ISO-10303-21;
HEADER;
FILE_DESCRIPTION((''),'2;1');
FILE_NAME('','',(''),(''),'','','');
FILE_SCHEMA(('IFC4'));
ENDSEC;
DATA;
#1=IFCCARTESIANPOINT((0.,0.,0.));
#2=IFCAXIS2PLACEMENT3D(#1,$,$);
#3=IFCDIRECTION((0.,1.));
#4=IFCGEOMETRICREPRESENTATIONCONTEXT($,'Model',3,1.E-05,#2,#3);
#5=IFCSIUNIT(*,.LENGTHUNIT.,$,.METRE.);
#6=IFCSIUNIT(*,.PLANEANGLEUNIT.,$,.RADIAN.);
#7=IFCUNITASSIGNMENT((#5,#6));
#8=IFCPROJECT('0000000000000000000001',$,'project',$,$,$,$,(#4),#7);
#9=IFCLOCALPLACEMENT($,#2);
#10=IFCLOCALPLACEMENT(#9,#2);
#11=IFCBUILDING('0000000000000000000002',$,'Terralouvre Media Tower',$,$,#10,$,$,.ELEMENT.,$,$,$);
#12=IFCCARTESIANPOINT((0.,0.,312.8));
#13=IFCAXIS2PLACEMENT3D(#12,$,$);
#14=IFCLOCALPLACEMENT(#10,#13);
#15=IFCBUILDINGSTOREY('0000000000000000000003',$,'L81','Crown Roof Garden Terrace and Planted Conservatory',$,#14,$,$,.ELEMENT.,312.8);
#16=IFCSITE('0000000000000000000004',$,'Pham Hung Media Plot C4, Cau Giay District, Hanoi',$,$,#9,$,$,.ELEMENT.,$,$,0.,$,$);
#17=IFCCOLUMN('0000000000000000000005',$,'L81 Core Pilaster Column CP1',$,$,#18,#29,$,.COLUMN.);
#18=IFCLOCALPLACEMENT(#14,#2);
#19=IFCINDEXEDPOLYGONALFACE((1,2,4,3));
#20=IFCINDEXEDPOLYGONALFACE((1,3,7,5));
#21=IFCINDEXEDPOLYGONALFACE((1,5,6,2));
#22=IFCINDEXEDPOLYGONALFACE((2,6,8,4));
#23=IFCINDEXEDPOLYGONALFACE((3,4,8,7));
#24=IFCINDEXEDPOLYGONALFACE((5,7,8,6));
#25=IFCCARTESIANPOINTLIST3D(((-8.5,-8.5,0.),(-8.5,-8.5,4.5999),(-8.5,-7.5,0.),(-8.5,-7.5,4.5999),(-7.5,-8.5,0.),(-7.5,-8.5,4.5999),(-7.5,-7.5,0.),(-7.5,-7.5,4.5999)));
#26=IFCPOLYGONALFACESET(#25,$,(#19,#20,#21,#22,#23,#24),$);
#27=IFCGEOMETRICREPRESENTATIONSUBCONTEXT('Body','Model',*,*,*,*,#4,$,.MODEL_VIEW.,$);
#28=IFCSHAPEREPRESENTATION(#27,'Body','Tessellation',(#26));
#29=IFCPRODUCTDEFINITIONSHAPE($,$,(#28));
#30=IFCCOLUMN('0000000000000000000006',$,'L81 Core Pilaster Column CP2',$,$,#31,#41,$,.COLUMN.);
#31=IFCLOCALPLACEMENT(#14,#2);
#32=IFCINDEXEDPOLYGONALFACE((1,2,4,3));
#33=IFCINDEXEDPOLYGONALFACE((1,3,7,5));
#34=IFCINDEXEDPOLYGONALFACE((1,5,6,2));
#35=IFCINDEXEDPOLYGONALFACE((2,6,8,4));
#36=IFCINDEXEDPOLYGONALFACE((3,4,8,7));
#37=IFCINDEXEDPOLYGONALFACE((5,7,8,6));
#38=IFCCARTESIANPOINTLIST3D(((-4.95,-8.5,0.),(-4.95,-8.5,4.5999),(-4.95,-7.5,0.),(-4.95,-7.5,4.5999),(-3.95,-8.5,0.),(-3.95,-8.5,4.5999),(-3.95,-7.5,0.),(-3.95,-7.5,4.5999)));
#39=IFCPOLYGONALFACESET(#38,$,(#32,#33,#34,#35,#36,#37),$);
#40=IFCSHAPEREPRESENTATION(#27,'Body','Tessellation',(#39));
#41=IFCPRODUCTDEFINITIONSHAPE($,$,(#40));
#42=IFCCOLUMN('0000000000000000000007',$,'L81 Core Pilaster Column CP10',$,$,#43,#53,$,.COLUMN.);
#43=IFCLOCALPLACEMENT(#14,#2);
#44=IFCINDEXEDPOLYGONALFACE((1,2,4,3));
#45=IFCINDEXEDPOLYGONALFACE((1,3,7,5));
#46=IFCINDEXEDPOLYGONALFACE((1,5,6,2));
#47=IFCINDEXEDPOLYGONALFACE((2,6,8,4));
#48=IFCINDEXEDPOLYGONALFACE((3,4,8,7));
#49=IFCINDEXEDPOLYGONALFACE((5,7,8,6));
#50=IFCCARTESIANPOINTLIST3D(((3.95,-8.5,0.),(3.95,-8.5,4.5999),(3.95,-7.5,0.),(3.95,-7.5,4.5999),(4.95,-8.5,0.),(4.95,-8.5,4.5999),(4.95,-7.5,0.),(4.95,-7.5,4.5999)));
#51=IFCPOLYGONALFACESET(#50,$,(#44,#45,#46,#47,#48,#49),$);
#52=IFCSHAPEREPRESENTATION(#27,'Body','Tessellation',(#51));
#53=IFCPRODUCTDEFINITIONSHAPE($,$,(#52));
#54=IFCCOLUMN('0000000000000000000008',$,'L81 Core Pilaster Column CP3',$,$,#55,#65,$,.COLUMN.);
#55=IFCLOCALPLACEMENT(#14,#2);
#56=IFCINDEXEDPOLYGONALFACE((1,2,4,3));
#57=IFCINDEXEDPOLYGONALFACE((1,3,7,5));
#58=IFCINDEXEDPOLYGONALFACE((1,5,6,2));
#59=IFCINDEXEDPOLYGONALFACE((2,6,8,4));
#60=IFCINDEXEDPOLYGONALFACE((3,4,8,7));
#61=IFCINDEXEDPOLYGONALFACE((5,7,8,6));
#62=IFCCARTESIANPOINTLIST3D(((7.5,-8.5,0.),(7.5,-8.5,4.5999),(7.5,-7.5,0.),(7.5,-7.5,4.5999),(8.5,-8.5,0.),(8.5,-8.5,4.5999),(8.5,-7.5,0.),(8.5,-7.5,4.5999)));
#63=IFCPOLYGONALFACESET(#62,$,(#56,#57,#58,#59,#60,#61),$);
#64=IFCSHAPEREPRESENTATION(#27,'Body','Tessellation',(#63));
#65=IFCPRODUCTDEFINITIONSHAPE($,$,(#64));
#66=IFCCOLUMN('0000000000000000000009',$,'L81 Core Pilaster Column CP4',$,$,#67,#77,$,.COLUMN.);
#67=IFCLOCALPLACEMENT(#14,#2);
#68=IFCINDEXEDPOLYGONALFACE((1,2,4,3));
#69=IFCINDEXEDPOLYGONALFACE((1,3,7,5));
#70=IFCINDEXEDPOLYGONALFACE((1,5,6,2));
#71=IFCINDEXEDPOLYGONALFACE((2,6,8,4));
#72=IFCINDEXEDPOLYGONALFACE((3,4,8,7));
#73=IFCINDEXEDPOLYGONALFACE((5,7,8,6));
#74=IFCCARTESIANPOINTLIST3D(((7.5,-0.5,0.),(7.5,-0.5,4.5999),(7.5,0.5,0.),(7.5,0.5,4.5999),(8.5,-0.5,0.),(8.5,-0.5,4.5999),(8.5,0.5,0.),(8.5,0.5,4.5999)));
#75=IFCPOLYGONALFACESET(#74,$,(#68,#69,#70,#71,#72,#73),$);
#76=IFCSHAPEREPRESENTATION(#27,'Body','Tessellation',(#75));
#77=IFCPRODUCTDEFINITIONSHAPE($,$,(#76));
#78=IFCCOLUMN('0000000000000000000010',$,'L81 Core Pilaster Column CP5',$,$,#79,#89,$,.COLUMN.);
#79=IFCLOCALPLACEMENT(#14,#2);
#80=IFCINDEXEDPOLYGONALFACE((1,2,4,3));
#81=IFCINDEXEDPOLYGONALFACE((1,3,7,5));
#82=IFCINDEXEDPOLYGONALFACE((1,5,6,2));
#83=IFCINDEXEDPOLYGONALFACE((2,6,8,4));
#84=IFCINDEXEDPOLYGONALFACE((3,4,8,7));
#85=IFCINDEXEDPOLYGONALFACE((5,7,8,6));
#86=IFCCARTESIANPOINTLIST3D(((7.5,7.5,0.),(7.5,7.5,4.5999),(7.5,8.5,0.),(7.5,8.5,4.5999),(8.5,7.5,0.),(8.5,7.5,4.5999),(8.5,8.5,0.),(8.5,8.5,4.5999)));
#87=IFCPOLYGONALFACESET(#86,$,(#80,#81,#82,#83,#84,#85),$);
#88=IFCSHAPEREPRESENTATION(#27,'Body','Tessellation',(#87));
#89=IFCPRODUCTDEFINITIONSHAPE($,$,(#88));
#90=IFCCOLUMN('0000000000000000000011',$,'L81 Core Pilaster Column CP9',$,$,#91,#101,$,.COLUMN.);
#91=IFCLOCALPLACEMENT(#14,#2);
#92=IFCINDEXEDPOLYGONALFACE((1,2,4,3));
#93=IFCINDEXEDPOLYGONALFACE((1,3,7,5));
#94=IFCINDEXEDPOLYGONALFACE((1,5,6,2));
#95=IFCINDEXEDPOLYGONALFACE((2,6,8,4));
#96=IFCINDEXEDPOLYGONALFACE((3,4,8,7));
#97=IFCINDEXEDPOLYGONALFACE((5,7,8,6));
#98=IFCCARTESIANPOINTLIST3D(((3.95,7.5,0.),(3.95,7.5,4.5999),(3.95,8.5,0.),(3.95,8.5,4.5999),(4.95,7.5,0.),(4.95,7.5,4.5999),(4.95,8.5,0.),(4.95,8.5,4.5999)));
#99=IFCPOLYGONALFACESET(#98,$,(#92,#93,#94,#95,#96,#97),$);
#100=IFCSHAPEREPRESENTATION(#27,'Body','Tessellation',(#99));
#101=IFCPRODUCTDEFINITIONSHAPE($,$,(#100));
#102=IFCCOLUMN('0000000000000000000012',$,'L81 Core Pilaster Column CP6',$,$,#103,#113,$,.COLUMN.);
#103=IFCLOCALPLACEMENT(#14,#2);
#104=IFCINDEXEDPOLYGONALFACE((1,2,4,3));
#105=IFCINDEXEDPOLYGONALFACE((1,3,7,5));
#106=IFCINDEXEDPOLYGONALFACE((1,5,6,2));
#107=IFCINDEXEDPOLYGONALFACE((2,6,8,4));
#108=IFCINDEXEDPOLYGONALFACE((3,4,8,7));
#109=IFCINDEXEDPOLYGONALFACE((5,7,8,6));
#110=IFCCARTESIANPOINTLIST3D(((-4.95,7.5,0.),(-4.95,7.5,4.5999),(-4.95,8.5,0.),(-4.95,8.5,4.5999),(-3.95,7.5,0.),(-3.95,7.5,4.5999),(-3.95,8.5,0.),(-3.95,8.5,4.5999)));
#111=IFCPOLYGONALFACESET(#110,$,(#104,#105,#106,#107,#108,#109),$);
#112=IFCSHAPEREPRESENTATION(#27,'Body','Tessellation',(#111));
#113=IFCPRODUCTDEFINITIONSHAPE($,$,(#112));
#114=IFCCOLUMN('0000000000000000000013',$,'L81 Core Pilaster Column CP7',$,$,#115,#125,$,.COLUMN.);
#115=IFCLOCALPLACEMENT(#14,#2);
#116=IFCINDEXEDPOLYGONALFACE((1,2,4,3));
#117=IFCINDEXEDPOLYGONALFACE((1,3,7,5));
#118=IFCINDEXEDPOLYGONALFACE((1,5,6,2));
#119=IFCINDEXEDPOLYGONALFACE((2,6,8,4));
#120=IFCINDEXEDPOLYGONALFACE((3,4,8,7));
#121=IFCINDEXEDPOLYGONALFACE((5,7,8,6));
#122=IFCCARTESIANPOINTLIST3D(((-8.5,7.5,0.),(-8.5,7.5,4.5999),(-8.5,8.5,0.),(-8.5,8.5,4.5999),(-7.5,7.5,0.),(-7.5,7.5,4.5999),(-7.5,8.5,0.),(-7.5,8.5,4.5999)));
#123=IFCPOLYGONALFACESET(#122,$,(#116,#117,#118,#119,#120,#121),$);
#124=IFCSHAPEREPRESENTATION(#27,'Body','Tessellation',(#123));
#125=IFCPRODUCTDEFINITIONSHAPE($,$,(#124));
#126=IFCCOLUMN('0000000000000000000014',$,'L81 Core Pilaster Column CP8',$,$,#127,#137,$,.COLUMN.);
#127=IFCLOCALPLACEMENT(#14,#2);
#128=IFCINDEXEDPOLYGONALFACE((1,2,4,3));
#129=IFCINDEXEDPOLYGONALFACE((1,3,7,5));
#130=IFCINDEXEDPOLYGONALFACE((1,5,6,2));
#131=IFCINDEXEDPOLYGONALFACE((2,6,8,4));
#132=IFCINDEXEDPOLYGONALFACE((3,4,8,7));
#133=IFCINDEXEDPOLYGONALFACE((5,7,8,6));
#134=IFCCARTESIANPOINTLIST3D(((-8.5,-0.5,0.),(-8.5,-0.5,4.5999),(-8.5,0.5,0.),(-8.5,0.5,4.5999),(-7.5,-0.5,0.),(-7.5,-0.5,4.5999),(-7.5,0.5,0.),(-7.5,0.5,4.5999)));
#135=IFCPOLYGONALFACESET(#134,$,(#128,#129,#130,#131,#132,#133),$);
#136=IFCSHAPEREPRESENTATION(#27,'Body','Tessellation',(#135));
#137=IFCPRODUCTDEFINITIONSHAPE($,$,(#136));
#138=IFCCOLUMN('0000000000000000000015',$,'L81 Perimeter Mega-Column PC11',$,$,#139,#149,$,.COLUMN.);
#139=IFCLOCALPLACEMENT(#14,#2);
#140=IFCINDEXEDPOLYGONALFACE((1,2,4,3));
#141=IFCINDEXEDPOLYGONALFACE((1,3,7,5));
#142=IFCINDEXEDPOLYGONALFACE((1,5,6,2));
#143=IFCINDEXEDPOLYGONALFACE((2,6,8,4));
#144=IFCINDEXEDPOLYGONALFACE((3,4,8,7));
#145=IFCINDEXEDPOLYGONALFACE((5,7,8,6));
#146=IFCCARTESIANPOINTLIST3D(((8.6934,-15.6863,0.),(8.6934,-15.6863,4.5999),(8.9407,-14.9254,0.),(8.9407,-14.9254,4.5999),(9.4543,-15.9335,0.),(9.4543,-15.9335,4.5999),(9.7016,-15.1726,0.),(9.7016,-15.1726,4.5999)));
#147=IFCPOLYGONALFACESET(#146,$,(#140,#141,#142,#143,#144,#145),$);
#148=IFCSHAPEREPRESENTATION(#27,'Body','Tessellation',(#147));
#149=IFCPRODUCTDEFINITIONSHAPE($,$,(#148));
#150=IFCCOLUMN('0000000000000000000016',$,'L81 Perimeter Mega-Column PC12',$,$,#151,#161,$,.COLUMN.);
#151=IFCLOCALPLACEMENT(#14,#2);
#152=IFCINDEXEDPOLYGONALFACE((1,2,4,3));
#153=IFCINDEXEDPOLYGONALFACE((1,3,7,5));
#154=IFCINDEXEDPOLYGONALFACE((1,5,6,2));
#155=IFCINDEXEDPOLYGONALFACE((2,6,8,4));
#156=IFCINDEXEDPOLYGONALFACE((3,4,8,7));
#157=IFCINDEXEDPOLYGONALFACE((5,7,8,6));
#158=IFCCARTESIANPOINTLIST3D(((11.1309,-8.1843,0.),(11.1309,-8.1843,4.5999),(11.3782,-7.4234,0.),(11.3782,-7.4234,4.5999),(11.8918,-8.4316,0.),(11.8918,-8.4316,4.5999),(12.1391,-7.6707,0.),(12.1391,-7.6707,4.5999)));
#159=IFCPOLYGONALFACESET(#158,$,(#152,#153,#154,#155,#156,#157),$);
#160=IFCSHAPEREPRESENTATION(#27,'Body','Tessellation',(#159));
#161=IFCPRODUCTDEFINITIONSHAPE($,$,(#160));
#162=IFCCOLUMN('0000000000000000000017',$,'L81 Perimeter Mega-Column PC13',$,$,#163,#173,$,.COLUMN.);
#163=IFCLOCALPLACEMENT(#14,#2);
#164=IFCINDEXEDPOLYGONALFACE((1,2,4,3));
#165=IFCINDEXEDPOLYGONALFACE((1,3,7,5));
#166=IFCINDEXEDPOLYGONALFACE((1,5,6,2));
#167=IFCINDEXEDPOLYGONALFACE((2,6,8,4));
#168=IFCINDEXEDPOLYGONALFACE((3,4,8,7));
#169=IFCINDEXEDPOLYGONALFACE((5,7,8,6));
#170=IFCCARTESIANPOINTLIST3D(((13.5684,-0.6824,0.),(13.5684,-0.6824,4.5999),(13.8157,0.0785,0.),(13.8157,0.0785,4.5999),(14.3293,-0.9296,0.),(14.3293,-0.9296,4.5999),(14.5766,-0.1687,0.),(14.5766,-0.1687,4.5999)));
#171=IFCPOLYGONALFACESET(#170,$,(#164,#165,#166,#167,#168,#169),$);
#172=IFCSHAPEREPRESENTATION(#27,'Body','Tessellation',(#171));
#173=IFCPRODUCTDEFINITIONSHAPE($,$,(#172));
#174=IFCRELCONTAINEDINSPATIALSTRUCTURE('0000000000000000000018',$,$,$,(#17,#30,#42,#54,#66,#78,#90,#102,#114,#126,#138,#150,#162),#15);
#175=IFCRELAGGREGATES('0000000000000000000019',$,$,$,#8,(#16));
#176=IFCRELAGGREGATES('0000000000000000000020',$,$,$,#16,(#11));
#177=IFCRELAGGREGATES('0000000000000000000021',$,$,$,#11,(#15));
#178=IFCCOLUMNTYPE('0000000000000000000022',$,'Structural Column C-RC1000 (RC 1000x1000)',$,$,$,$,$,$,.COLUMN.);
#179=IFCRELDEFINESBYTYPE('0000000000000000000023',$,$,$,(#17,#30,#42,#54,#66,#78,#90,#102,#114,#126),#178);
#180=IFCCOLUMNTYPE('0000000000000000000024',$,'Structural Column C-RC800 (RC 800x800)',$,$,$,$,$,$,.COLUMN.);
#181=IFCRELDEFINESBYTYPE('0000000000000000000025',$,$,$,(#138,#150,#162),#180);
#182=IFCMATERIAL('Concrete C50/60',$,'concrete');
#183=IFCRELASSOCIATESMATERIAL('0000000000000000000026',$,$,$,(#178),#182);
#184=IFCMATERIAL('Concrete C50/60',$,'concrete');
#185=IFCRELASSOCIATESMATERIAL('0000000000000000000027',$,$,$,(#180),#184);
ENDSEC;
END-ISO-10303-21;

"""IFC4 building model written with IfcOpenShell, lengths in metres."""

from ifc_helpers import new_model, si_unit, direction, frame, origin, origin_2d, place, context, subcontext, project, spatial, rectangle, extrude, material, material_profile, profile_set, type_object, element, save


model = new_model("IFC4")

# Units and contexts
model_context = context("Model", 3, precision=1e-05, world=origin(), true_north=direction((0.0, 1.0)))
body_context = subcontext(model_context, "Body", "Model", "MODEL_VIEW")
ifc_project = project(units=[si_unit("LENGTHUNIT", "METRE"), si_unit("PLANEANGLEUNIT", "RADIAN")], contexts=[model_context])

# Site, building, storey
site_placement = place(None, origin())
site = spatial("IfcSite", under=ifc_project, at=site_placement, Name="Pham Hung Media Plot C4, Cau Giay District, Hanoi", CompositionType="ELEMENT", RefElevation=0.0)
building_placement = place(site_placement, origin())
building = spatial("IfcBuilding", under=site, at=building_placement, Name="Terralouvre Media Tower", CompositionType="ELEMENT")
storey_placement = place(building_placement, frame((0.0, 0.0, 312.8)))
storey = spatial("IfcBuildingStorey", under=building, at=storey_placement, Name="L81", Description="Crown Roof Garden Terrace and Planted Conservatory", CompositionType="ELEMENT", Elevation=312.8)

# Columns
ifc_material_1 = material(Name="Concrete C50/60", Category="concrete")
ifc_material_profile_1 = material_profile(ifc_material_1, rectangle(XDim=1.0, YDim=1.0, at=origin_2d()), Name="RC 1000x1000")
ifc_profile_set_1 = profile_set([ifc_material_profile_1], Name="Concrete C50/60")
column_type_1 = type_object("IfcColumnType", Name="Structural Column C-RC1000 (RC 1000x1000)", PredefinedType="COLUMN", material=ifc_profile_set_1)
for number, where, z_axis, x_axis, name in (
    (1, (-8.0, -8.0, 0.0), (0.0, 0.0, 1.0), (1.0, 0.0, 0.0), "L81 Core Pilaster Column CP1"),
    (2, (-4.45, -8.0, 0.0), (0.0, 0.0, 1.0), (1.0, 0.0, 0.0), "L81 Core Pilaster Column CP2"),
    (3, (4.45, -8.0, 0.0), (0.0, 0.0, 1.0), (1.0, 0.0, 0.0), "L81 Core Pilaster Column CP10"),
    (4, (8.0, -8.0, 0.0), (0.0, 0.0, 1.0), (1.0, 0.0, 0.0), "L81 Core Pilaster Column CP3"),
    (5, (8.0, 0.0, 0.0), (0.0, 0.0, 1.0), (1.0, 0.0, 0.0), "L81 Core Pilaster Column CP4"),
    (6, (8.0, 8.0, 0.0), (0.0, 0.0, 1.0), (1.0, 0.0, 0.0), "L81 Core Pilaster Column CP5"),
    (7, (4.45, 8.0, 0.0), (0.0, 0.0, 1.0), (1.0, 0.0, 0.0), "L81 Core Pilaster Column CP9"),
    (8, (-4.45, 8.0, 0.0), (0.0, 0.0, 1.0), (1.0, 0.0, 0.0), "L81 Core Pilaster Column CP6"),
    (9, (-8.0, 8.0, 0.0), (0.0, 0.0, 1.0), (1.0, 0.0, 0.0), "L81 Core Pilaster Column CP7"),
    (10, (-8.0, 0.0, 0.0), (0.0, 0.0, 1.0), (1.0, 0.0, 0.0), "L81 Core Pilaster Column CP8"),
):
    element("IfcColumn", number, at=place(storey_placement, frame(where, z_axis=z_axis, x_axis=x_axis)), inside=storey, type_object=column_type_1, Name=name, PredefinedType="COLUMN", context=body_context, shape_type="SweptSolid", body=[
        extrude(rectangle(XDim=1.0, YDim=1.0, at=origin_2d()), origin(), (0.0, 0.0, 1.0), 4.5999),
    ])
ifc_material_2 = material(Name="Concrete C50/60", Category="concrete")
ifc_material_profile_2 = material_profile(ifc_material_2, rectangle(XDim=0.8, YDim=0.8, at=origin_2d()), Name="RC 800x800")
ifc_profile_set_2 = profile_set([ifc_material_profile_2], Name="Concrete C50/60")
column_type_2 = type_object("IfcColumnType", Name="Structural Column C-RC800 (RC 800x800)", PredefinedType="COLUMN", material=ifc_profile_set_2)
for number, where, z_axis, x_axis, name in (
    (11, (9.1975, -15.4294, 0.0), (0.0, 0.0, 1.0), (0.309017, 0.951057, 0.0), "L81 Perimeter Mega-Column PC11"),
    (12, (11.635, -7.9275, 0.0), (0.0, 0.0, 1.0), (0.309017, 0.951057, 0.0), "L81 Perimeter Mega-Column PC12"),
    (13, (14.0725, -0.4255, 0.0), (0.0, 0.0, 1.0), (0.309017, 0.951057, 0.0), "L81 Perimeter Mega-Column PC13"),
):
    element("IfcColumn", number, at=place(storey_placement, frame(where, z_axis=z_axis, x_axis=x_axis)), inside=storey, type_object=column_type_2, Name=name, PredefinedType="COLUMN", context=body_context, shape_type="SweptSolid", body=[
        extrude(rectangle(XDim=0.8, YDim=0.8, at=origin_2d()), origin(), (0.0, 0.0, 1.0), 4.5999),
    ])

save(model, "model.ifc")
